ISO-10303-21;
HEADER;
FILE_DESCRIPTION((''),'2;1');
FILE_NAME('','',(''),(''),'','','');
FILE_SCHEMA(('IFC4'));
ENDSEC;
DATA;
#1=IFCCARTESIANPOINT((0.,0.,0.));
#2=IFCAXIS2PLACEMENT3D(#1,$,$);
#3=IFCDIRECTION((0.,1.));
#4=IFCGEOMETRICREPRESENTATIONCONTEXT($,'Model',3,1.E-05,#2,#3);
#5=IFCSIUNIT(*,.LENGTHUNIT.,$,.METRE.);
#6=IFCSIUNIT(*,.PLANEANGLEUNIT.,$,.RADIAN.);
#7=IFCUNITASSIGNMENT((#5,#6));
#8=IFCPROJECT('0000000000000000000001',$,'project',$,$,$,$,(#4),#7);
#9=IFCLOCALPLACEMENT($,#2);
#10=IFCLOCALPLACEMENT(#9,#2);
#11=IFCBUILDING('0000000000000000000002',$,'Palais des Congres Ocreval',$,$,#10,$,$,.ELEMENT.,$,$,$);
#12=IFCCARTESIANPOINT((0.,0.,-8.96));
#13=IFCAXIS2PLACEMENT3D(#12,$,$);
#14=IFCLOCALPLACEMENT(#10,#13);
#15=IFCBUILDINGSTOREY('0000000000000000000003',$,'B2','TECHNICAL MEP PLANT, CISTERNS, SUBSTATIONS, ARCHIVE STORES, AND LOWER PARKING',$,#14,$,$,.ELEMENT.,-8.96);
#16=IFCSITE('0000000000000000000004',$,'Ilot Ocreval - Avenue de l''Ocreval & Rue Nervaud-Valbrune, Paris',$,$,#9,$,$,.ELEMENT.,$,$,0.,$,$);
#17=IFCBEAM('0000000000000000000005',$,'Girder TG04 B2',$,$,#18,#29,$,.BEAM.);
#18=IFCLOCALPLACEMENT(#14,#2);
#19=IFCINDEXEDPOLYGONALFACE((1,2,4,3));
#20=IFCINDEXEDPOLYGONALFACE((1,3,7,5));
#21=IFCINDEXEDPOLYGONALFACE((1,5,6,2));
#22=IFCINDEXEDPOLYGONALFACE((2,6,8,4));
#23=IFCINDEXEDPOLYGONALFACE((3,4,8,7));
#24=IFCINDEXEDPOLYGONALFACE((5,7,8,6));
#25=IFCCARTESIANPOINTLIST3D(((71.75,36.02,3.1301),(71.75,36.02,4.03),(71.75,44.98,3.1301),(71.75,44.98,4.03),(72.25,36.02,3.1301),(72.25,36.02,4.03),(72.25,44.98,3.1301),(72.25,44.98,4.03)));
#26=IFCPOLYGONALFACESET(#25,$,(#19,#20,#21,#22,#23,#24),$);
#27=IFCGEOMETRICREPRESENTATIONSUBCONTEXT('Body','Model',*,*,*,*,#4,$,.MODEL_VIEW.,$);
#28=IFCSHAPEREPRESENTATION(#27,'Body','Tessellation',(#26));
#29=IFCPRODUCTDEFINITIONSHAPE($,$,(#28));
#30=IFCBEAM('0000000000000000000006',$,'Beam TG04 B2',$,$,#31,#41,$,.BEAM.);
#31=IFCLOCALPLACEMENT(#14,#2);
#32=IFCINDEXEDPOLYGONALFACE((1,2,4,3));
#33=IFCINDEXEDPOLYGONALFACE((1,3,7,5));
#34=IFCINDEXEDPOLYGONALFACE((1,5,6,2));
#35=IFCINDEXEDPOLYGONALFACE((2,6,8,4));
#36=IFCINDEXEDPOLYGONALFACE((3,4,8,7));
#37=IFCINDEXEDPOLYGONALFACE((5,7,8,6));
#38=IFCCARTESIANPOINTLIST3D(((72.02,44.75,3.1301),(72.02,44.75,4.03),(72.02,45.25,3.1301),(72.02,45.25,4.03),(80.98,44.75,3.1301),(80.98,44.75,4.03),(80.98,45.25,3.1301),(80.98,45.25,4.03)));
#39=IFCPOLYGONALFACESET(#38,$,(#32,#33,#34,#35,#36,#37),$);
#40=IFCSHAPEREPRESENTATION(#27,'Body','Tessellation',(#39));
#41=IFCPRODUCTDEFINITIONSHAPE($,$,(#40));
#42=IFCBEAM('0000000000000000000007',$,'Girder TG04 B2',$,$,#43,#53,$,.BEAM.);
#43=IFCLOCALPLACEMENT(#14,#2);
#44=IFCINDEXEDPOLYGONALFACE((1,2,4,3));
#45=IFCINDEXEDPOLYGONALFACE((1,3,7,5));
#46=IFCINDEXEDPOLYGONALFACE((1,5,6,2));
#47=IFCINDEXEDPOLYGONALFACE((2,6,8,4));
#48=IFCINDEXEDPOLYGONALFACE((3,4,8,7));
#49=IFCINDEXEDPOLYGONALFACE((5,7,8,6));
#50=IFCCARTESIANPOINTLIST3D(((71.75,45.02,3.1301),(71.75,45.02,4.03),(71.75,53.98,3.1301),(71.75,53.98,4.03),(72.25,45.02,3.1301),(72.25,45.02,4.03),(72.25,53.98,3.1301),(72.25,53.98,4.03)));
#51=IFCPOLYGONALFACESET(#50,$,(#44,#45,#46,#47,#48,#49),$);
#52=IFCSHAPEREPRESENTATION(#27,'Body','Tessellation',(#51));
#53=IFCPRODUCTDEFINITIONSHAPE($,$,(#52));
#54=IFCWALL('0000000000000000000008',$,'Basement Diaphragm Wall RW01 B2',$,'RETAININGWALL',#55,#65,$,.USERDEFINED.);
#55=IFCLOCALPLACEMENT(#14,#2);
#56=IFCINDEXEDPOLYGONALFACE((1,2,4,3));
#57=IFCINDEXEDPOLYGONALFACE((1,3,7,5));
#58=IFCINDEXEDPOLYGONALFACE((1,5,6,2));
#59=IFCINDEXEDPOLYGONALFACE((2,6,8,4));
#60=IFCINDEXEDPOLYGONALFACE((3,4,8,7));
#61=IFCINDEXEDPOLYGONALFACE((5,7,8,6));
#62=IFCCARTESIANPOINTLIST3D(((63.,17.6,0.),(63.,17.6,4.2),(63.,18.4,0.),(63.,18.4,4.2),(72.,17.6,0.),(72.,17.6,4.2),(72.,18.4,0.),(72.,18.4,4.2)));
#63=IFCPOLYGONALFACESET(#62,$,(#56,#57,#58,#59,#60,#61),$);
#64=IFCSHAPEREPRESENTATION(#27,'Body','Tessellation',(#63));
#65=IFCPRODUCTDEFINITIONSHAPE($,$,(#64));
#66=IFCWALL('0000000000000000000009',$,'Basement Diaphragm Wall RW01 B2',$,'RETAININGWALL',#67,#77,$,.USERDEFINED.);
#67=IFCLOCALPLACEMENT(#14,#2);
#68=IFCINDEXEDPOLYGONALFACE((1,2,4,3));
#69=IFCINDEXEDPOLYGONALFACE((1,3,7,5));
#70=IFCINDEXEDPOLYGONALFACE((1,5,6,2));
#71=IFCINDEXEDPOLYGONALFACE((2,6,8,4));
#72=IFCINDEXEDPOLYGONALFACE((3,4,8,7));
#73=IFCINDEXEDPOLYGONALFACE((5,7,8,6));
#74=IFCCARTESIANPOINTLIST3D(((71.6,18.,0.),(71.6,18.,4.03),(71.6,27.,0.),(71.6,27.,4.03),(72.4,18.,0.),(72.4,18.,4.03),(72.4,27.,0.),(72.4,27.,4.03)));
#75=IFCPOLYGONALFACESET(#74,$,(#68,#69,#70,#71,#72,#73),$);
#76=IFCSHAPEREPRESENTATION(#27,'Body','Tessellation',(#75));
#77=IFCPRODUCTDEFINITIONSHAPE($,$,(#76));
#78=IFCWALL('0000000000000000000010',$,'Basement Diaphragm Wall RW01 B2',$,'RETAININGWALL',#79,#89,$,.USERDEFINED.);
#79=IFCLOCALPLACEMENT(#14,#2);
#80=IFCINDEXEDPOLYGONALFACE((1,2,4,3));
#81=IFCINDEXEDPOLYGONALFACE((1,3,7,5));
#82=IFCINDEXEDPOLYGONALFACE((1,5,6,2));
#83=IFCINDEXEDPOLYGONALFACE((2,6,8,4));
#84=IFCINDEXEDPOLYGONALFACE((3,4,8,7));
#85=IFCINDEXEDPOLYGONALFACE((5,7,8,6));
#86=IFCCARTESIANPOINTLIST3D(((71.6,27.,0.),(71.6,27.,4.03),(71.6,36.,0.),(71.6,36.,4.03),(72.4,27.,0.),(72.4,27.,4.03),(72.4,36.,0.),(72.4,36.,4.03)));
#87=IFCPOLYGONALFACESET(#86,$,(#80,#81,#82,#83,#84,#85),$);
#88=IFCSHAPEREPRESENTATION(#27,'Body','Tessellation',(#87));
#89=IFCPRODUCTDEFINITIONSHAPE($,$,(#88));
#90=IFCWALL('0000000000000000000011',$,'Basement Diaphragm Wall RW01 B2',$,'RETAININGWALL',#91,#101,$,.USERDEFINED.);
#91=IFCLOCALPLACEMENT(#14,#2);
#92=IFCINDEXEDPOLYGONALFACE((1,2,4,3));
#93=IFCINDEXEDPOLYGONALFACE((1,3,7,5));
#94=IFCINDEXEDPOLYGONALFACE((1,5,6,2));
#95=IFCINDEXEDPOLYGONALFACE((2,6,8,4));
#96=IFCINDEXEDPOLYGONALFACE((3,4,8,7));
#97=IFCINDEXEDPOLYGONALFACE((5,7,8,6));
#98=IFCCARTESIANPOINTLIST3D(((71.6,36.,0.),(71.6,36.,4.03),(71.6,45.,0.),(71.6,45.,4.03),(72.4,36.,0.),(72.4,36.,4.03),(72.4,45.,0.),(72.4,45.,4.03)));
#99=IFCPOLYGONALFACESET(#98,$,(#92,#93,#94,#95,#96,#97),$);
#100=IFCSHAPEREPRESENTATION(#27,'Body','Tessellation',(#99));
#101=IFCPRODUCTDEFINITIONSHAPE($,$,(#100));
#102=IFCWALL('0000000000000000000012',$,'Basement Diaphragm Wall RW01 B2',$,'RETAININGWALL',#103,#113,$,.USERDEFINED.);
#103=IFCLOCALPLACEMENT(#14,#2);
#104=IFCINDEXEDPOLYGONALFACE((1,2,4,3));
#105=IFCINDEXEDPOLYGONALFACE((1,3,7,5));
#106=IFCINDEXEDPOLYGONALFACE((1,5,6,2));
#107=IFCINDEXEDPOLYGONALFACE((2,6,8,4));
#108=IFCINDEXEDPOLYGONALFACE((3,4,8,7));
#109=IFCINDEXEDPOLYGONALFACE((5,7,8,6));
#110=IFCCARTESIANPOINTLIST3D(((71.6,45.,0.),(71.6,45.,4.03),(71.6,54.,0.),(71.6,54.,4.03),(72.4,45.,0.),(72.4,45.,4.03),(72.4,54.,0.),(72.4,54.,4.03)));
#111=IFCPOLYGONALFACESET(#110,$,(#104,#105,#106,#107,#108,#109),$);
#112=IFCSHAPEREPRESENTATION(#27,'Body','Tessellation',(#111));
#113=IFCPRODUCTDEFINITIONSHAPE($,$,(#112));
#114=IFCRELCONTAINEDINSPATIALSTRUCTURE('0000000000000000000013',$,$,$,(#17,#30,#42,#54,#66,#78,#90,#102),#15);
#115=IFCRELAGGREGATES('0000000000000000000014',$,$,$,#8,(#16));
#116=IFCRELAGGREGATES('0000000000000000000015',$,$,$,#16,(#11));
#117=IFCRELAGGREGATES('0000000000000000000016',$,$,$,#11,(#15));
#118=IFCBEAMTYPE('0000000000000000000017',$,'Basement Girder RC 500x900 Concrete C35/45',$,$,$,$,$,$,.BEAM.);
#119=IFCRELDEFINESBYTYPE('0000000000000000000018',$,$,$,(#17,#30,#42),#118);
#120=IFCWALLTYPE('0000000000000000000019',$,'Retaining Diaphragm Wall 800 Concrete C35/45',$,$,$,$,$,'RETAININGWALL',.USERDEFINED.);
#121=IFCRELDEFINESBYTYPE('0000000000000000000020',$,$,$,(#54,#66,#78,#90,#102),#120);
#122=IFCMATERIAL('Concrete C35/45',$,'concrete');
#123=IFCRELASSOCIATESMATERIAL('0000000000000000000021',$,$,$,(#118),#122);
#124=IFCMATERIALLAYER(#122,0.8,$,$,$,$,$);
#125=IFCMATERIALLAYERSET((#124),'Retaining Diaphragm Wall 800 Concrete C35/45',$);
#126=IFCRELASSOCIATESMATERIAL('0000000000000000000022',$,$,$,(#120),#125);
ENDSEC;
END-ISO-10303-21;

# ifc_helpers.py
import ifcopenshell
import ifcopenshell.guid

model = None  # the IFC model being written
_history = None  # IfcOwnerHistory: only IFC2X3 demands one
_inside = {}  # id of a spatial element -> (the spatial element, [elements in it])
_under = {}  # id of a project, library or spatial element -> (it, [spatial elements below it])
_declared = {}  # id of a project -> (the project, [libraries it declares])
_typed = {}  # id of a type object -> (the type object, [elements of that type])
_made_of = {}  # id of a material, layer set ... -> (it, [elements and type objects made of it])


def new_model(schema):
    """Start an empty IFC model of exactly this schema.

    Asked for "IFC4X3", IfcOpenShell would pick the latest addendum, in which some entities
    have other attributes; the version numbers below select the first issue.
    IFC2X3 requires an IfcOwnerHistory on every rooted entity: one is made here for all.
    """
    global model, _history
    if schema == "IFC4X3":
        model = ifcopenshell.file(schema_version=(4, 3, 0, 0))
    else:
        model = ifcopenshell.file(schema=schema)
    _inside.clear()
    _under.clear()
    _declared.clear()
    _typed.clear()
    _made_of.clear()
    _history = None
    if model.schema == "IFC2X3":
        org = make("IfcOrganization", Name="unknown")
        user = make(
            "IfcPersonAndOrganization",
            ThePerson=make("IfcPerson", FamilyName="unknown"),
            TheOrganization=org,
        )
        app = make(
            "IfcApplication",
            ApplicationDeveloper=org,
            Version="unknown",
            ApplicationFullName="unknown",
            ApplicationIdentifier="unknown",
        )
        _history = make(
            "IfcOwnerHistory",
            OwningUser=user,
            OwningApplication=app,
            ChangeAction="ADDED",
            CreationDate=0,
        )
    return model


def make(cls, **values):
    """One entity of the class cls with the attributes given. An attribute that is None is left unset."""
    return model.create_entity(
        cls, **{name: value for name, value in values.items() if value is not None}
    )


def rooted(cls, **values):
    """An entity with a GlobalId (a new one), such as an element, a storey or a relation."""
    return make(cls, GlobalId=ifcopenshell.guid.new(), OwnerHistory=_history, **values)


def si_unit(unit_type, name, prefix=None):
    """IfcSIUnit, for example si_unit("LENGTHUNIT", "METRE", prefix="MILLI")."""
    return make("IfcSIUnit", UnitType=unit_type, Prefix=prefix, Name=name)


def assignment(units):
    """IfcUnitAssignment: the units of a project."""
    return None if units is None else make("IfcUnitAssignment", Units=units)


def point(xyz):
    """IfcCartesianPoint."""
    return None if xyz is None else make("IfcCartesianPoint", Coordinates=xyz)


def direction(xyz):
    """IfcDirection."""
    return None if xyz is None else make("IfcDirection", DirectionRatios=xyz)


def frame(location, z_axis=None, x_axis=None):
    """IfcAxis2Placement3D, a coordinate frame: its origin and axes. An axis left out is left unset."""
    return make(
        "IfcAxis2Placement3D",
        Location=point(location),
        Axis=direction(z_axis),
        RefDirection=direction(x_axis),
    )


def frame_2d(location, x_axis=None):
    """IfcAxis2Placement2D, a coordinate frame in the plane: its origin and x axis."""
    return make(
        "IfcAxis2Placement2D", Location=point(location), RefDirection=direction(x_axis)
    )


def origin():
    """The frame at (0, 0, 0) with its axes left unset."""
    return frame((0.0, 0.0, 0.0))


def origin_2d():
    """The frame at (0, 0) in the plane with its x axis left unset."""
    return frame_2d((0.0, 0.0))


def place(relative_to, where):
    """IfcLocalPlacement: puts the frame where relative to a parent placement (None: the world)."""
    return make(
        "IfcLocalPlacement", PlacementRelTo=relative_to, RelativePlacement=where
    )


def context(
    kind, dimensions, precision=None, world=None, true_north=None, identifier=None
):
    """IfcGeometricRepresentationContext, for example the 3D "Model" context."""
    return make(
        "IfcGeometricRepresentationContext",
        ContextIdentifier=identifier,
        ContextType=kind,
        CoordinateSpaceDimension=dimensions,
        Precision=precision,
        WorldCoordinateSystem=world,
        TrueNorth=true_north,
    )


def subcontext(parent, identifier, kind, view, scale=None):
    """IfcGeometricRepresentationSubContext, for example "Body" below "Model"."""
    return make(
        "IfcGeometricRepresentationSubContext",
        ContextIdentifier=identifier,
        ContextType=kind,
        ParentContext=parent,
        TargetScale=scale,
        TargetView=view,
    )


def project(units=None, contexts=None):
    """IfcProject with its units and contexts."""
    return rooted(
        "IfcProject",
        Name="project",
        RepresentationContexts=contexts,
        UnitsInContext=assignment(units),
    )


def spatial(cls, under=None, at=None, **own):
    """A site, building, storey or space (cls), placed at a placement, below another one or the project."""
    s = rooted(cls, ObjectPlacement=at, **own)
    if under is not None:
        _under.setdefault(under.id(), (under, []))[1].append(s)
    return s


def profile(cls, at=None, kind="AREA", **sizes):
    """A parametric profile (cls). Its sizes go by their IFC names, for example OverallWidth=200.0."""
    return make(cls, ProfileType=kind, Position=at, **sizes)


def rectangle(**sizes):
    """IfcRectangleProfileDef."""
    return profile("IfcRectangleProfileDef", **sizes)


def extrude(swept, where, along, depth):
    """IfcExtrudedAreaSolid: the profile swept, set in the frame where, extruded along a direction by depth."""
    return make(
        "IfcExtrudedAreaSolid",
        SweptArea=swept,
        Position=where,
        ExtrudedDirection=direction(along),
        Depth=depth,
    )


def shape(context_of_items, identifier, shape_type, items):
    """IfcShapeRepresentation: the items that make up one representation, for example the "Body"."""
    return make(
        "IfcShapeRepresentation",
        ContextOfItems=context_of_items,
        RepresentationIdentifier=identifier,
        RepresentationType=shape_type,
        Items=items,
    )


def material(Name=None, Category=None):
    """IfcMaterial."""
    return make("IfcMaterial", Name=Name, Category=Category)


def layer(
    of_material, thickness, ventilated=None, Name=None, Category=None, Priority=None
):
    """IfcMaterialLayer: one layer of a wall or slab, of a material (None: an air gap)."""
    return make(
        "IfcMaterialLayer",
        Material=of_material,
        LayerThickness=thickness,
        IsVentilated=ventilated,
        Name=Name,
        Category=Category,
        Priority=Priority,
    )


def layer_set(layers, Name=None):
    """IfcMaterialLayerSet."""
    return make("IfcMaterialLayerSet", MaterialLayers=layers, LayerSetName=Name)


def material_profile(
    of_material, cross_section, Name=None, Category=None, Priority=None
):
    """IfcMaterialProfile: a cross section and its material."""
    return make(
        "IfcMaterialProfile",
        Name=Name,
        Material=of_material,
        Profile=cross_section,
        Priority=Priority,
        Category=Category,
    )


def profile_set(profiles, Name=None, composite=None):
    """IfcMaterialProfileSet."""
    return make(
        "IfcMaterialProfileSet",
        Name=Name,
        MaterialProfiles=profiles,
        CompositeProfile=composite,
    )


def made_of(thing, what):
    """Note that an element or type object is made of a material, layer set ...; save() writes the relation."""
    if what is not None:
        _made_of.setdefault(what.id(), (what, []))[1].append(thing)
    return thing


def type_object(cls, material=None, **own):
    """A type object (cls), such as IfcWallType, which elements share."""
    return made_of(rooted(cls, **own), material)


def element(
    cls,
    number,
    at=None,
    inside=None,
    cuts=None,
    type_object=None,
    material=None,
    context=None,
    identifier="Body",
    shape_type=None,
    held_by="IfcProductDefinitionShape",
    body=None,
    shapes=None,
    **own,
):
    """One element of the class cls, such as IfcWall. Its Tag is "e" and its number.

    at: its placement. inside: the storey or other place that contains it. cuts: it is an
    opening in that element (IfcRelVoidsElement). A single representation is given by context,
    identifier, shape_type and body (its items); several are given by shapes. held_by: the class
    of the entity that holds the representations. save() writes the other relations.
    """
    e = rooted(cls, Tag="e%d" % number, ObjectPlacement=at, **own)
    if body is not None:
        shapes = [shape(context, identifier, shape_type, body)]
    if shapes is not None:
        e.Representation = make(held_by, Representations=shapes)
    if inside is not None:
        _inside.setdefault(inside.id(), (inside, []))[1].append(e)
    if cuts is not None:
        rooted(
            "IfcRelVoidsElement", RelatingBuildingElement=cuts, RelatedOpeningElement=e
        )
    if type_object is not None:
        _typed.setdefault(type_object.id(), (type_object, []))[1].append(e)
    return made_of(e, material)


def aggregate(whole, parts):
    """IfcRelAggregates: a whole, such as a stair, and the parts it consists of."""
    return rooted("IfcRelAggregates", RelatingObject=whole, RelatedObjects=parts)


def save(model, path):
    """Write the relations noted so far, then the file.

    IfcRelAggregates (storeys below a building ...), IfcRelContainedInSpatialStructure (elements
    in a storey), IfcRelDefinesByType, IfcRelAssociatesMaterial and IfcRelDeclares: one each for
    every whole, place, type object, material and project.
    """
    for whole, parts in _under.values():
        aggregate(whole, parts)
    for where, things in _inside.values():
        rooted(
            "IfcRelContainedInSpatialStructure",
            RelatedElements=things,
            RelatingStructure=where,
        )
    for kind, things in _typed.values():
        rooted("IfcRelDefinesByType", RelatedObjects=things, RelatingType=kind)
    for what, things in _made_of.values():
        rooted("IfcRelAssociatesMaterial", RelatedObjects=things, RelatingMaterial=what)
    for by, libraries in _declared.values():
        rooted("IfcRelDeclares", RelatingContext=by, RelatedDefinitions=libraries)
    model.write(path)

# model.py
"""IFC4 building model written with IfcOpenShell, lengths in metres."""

from ifc_helpers import new_model, si_unit, direction, frame, frame_2d, origin, origin_2d, place, context, subcontext, project, spatial, rectangle, extrude, material, layer, layer_set, material_profile, profile_set, type_object, element, save


model = new_model("IFC4")

# Units and contexts
model_context = context("Model", 3, precision=1e-05, world=origin(), true_north=direction((0.0, 1.0)))
body_context = subcontext(model_context, "Body", "Model", "MODEL_VIEW")
ifc_project = project(units=[si_unit("LENGTHUNIT", "METRE"), si_unit("PLANEANGLEUNIT", "RADIAN")], contexts=[model_context])

# Site, building, storey
site_placement = place(None, origin())
site = spatial("IfcSite", under=ifc_project, at=site_placement, Name="Ilot Ocreval - Avenue de l'Ocreval & Rue Nervaud-Valbrune, Paris", CompositionType="ELEMENT", RefElevation=0.0)
building_placement = place(site_placement, origin())
building = spatial("IfcBuilding", under=site, at=building_placement, Name="Palais des Congres Ocreval", CompositionType="ELEMENT")
storey_placement = place(building_placement, frame((0.0, 0.0, -8.96)))
storey = spatial("IfcBuildingStorey", under=building, at=storey_placement, Name="B2", Description="TECHNICAL MEP PLANT, CISTERNS, SUBSTATIONS, ARCHIVE STORES, AND LOWER PARKING", CompositionType="ELEMENT", Elevation=-8.96)

# Shared definitions
ifc_material_1 = material(Name="Concrete C35/45", Category="concrete")

# Beams
ifc_material_profile_1 = material_profile(ifc_material_1, rectangle(XDim=0.5, YDim=0.8999, at=origin_2d()), Name="RC 500x900")
ifc_profile_set_1 = profile_set([ifc_material_profile_1], Name="Concrete C35/45")
beam_type = type_object("IfcBeamType", Name="Basement Girder RC 500x900 Concrete C35/45", PredefinedType="BEAM", material=ifc_profile_set_1)
for number, where, z_axis, x_axis, name in (
    (1, (72.0, 36.02, 3.5801), (0.0, 1.0, 0.0), (-1.0, 0.0, 0.0), "Girder TG04 B2"),
    (2, (72.02, 45.0, 3.5801), (1.0, 0.0, 0.0), (0.0, 1.0, 0.0), "Beam TG04 B2"),
    (3, (72.0, 45.02, 3.5801), (0.0, 1.0, 0.0), (-1.0, 0.0, 0.0), "Girder TG04 B2"),
):
    element("IfcBeam", number, at=place(storey_placement, frame(where, z_axis=z_axis, x_axis=x_axis)), inside=storey, type_object=beam_type, Name=name, PredefinedType="BEAM", context=body_context, shape_type="SweptSolid", body=[
        extrude(rectangle(XDim=0.5, YDim=0.8999, at=origin_2d()), origin(), (0.0, 0.0, 1.0), 8.96),
    ])

# Walls
ifc_layer = layer(ifc_material_1, 0.8)
ifc_layer_set = layer_set([ifc_layer], Name="Retaining Diaphragm Wall 800 Concrete C35/45")
wall_type = type_object("IfcWallType", Name="Retaining Diaphragm Wall 800 Concrete C35/45", ElementType="RETAININGWALL", PredefinedType="USERDEFINED", material=ifc_layer_set)
wall_placement = place(storey_placement, frame((63.0, 18.0, 0.0), z_axis=(0.0, 0.0, 1.0), x_axis=(1.0, 0.0, 0.0)))
element("IfcWall", 4, at=wall_placement, inside=storey, type_object=wall_type, Name="Basement Diaphragm Wall RW01 B2", ObjectType="RETAININGWALL", PredefinedType="USERDEFINED", context=body_context, shape_type="SweptSolid", body=[
    extrude(rectangle(XDim=9.0, YDim=0.8, at=frame_2d((4.5, 0.0))), origin(), (0.0, 0.0, 1.0), 4.2),
])
for number, where, z_axis, x_axis, name in (
    (5, (72.0, 18.0, 0.0), (0.0, 0.0, 1.0), (0.0, 1.0, 0.0), "Basement Diaphragm Wall RW01 B2"),
    (6, (72.0, 27.0, 0.0), (0.0, 0.0, 1.0), (0.0, 1.0, 0.0), "Basement Diaphragm Wall RW01 B2"),
    (7, (72.0, 36.0, 0.0), (0.0, 0.0, 1.0), (0.0, 1.0, 0.0), "Basement Diaphragm Wall RW01 B2"),
    (8, (72.0, 45.0, 0.0), (0.0, 0.0, 1.0), (0.0, 1.0, 0.0), "Basement Diaphragm Wall RW01 B2"),
):
    element("IfcWall", number, at=place(storey_placement, frame(where, z_axis=z_axis, x_axis=x_axis)), inside=storey, type_object=wall_type, Name=name, ObjectType="RETAININGWALL", PredefinedType="USERDEFINED", context=body_context, shape_type="SweptSolid", body=[
        extrude(rectangle(XDim=9.0, YDim=0.8, at=frame_2d((4.5, 0.0))), origin(), (0.0, 0.0, 1.0), 4.03),
    ])

save(model, "model.ifc")
